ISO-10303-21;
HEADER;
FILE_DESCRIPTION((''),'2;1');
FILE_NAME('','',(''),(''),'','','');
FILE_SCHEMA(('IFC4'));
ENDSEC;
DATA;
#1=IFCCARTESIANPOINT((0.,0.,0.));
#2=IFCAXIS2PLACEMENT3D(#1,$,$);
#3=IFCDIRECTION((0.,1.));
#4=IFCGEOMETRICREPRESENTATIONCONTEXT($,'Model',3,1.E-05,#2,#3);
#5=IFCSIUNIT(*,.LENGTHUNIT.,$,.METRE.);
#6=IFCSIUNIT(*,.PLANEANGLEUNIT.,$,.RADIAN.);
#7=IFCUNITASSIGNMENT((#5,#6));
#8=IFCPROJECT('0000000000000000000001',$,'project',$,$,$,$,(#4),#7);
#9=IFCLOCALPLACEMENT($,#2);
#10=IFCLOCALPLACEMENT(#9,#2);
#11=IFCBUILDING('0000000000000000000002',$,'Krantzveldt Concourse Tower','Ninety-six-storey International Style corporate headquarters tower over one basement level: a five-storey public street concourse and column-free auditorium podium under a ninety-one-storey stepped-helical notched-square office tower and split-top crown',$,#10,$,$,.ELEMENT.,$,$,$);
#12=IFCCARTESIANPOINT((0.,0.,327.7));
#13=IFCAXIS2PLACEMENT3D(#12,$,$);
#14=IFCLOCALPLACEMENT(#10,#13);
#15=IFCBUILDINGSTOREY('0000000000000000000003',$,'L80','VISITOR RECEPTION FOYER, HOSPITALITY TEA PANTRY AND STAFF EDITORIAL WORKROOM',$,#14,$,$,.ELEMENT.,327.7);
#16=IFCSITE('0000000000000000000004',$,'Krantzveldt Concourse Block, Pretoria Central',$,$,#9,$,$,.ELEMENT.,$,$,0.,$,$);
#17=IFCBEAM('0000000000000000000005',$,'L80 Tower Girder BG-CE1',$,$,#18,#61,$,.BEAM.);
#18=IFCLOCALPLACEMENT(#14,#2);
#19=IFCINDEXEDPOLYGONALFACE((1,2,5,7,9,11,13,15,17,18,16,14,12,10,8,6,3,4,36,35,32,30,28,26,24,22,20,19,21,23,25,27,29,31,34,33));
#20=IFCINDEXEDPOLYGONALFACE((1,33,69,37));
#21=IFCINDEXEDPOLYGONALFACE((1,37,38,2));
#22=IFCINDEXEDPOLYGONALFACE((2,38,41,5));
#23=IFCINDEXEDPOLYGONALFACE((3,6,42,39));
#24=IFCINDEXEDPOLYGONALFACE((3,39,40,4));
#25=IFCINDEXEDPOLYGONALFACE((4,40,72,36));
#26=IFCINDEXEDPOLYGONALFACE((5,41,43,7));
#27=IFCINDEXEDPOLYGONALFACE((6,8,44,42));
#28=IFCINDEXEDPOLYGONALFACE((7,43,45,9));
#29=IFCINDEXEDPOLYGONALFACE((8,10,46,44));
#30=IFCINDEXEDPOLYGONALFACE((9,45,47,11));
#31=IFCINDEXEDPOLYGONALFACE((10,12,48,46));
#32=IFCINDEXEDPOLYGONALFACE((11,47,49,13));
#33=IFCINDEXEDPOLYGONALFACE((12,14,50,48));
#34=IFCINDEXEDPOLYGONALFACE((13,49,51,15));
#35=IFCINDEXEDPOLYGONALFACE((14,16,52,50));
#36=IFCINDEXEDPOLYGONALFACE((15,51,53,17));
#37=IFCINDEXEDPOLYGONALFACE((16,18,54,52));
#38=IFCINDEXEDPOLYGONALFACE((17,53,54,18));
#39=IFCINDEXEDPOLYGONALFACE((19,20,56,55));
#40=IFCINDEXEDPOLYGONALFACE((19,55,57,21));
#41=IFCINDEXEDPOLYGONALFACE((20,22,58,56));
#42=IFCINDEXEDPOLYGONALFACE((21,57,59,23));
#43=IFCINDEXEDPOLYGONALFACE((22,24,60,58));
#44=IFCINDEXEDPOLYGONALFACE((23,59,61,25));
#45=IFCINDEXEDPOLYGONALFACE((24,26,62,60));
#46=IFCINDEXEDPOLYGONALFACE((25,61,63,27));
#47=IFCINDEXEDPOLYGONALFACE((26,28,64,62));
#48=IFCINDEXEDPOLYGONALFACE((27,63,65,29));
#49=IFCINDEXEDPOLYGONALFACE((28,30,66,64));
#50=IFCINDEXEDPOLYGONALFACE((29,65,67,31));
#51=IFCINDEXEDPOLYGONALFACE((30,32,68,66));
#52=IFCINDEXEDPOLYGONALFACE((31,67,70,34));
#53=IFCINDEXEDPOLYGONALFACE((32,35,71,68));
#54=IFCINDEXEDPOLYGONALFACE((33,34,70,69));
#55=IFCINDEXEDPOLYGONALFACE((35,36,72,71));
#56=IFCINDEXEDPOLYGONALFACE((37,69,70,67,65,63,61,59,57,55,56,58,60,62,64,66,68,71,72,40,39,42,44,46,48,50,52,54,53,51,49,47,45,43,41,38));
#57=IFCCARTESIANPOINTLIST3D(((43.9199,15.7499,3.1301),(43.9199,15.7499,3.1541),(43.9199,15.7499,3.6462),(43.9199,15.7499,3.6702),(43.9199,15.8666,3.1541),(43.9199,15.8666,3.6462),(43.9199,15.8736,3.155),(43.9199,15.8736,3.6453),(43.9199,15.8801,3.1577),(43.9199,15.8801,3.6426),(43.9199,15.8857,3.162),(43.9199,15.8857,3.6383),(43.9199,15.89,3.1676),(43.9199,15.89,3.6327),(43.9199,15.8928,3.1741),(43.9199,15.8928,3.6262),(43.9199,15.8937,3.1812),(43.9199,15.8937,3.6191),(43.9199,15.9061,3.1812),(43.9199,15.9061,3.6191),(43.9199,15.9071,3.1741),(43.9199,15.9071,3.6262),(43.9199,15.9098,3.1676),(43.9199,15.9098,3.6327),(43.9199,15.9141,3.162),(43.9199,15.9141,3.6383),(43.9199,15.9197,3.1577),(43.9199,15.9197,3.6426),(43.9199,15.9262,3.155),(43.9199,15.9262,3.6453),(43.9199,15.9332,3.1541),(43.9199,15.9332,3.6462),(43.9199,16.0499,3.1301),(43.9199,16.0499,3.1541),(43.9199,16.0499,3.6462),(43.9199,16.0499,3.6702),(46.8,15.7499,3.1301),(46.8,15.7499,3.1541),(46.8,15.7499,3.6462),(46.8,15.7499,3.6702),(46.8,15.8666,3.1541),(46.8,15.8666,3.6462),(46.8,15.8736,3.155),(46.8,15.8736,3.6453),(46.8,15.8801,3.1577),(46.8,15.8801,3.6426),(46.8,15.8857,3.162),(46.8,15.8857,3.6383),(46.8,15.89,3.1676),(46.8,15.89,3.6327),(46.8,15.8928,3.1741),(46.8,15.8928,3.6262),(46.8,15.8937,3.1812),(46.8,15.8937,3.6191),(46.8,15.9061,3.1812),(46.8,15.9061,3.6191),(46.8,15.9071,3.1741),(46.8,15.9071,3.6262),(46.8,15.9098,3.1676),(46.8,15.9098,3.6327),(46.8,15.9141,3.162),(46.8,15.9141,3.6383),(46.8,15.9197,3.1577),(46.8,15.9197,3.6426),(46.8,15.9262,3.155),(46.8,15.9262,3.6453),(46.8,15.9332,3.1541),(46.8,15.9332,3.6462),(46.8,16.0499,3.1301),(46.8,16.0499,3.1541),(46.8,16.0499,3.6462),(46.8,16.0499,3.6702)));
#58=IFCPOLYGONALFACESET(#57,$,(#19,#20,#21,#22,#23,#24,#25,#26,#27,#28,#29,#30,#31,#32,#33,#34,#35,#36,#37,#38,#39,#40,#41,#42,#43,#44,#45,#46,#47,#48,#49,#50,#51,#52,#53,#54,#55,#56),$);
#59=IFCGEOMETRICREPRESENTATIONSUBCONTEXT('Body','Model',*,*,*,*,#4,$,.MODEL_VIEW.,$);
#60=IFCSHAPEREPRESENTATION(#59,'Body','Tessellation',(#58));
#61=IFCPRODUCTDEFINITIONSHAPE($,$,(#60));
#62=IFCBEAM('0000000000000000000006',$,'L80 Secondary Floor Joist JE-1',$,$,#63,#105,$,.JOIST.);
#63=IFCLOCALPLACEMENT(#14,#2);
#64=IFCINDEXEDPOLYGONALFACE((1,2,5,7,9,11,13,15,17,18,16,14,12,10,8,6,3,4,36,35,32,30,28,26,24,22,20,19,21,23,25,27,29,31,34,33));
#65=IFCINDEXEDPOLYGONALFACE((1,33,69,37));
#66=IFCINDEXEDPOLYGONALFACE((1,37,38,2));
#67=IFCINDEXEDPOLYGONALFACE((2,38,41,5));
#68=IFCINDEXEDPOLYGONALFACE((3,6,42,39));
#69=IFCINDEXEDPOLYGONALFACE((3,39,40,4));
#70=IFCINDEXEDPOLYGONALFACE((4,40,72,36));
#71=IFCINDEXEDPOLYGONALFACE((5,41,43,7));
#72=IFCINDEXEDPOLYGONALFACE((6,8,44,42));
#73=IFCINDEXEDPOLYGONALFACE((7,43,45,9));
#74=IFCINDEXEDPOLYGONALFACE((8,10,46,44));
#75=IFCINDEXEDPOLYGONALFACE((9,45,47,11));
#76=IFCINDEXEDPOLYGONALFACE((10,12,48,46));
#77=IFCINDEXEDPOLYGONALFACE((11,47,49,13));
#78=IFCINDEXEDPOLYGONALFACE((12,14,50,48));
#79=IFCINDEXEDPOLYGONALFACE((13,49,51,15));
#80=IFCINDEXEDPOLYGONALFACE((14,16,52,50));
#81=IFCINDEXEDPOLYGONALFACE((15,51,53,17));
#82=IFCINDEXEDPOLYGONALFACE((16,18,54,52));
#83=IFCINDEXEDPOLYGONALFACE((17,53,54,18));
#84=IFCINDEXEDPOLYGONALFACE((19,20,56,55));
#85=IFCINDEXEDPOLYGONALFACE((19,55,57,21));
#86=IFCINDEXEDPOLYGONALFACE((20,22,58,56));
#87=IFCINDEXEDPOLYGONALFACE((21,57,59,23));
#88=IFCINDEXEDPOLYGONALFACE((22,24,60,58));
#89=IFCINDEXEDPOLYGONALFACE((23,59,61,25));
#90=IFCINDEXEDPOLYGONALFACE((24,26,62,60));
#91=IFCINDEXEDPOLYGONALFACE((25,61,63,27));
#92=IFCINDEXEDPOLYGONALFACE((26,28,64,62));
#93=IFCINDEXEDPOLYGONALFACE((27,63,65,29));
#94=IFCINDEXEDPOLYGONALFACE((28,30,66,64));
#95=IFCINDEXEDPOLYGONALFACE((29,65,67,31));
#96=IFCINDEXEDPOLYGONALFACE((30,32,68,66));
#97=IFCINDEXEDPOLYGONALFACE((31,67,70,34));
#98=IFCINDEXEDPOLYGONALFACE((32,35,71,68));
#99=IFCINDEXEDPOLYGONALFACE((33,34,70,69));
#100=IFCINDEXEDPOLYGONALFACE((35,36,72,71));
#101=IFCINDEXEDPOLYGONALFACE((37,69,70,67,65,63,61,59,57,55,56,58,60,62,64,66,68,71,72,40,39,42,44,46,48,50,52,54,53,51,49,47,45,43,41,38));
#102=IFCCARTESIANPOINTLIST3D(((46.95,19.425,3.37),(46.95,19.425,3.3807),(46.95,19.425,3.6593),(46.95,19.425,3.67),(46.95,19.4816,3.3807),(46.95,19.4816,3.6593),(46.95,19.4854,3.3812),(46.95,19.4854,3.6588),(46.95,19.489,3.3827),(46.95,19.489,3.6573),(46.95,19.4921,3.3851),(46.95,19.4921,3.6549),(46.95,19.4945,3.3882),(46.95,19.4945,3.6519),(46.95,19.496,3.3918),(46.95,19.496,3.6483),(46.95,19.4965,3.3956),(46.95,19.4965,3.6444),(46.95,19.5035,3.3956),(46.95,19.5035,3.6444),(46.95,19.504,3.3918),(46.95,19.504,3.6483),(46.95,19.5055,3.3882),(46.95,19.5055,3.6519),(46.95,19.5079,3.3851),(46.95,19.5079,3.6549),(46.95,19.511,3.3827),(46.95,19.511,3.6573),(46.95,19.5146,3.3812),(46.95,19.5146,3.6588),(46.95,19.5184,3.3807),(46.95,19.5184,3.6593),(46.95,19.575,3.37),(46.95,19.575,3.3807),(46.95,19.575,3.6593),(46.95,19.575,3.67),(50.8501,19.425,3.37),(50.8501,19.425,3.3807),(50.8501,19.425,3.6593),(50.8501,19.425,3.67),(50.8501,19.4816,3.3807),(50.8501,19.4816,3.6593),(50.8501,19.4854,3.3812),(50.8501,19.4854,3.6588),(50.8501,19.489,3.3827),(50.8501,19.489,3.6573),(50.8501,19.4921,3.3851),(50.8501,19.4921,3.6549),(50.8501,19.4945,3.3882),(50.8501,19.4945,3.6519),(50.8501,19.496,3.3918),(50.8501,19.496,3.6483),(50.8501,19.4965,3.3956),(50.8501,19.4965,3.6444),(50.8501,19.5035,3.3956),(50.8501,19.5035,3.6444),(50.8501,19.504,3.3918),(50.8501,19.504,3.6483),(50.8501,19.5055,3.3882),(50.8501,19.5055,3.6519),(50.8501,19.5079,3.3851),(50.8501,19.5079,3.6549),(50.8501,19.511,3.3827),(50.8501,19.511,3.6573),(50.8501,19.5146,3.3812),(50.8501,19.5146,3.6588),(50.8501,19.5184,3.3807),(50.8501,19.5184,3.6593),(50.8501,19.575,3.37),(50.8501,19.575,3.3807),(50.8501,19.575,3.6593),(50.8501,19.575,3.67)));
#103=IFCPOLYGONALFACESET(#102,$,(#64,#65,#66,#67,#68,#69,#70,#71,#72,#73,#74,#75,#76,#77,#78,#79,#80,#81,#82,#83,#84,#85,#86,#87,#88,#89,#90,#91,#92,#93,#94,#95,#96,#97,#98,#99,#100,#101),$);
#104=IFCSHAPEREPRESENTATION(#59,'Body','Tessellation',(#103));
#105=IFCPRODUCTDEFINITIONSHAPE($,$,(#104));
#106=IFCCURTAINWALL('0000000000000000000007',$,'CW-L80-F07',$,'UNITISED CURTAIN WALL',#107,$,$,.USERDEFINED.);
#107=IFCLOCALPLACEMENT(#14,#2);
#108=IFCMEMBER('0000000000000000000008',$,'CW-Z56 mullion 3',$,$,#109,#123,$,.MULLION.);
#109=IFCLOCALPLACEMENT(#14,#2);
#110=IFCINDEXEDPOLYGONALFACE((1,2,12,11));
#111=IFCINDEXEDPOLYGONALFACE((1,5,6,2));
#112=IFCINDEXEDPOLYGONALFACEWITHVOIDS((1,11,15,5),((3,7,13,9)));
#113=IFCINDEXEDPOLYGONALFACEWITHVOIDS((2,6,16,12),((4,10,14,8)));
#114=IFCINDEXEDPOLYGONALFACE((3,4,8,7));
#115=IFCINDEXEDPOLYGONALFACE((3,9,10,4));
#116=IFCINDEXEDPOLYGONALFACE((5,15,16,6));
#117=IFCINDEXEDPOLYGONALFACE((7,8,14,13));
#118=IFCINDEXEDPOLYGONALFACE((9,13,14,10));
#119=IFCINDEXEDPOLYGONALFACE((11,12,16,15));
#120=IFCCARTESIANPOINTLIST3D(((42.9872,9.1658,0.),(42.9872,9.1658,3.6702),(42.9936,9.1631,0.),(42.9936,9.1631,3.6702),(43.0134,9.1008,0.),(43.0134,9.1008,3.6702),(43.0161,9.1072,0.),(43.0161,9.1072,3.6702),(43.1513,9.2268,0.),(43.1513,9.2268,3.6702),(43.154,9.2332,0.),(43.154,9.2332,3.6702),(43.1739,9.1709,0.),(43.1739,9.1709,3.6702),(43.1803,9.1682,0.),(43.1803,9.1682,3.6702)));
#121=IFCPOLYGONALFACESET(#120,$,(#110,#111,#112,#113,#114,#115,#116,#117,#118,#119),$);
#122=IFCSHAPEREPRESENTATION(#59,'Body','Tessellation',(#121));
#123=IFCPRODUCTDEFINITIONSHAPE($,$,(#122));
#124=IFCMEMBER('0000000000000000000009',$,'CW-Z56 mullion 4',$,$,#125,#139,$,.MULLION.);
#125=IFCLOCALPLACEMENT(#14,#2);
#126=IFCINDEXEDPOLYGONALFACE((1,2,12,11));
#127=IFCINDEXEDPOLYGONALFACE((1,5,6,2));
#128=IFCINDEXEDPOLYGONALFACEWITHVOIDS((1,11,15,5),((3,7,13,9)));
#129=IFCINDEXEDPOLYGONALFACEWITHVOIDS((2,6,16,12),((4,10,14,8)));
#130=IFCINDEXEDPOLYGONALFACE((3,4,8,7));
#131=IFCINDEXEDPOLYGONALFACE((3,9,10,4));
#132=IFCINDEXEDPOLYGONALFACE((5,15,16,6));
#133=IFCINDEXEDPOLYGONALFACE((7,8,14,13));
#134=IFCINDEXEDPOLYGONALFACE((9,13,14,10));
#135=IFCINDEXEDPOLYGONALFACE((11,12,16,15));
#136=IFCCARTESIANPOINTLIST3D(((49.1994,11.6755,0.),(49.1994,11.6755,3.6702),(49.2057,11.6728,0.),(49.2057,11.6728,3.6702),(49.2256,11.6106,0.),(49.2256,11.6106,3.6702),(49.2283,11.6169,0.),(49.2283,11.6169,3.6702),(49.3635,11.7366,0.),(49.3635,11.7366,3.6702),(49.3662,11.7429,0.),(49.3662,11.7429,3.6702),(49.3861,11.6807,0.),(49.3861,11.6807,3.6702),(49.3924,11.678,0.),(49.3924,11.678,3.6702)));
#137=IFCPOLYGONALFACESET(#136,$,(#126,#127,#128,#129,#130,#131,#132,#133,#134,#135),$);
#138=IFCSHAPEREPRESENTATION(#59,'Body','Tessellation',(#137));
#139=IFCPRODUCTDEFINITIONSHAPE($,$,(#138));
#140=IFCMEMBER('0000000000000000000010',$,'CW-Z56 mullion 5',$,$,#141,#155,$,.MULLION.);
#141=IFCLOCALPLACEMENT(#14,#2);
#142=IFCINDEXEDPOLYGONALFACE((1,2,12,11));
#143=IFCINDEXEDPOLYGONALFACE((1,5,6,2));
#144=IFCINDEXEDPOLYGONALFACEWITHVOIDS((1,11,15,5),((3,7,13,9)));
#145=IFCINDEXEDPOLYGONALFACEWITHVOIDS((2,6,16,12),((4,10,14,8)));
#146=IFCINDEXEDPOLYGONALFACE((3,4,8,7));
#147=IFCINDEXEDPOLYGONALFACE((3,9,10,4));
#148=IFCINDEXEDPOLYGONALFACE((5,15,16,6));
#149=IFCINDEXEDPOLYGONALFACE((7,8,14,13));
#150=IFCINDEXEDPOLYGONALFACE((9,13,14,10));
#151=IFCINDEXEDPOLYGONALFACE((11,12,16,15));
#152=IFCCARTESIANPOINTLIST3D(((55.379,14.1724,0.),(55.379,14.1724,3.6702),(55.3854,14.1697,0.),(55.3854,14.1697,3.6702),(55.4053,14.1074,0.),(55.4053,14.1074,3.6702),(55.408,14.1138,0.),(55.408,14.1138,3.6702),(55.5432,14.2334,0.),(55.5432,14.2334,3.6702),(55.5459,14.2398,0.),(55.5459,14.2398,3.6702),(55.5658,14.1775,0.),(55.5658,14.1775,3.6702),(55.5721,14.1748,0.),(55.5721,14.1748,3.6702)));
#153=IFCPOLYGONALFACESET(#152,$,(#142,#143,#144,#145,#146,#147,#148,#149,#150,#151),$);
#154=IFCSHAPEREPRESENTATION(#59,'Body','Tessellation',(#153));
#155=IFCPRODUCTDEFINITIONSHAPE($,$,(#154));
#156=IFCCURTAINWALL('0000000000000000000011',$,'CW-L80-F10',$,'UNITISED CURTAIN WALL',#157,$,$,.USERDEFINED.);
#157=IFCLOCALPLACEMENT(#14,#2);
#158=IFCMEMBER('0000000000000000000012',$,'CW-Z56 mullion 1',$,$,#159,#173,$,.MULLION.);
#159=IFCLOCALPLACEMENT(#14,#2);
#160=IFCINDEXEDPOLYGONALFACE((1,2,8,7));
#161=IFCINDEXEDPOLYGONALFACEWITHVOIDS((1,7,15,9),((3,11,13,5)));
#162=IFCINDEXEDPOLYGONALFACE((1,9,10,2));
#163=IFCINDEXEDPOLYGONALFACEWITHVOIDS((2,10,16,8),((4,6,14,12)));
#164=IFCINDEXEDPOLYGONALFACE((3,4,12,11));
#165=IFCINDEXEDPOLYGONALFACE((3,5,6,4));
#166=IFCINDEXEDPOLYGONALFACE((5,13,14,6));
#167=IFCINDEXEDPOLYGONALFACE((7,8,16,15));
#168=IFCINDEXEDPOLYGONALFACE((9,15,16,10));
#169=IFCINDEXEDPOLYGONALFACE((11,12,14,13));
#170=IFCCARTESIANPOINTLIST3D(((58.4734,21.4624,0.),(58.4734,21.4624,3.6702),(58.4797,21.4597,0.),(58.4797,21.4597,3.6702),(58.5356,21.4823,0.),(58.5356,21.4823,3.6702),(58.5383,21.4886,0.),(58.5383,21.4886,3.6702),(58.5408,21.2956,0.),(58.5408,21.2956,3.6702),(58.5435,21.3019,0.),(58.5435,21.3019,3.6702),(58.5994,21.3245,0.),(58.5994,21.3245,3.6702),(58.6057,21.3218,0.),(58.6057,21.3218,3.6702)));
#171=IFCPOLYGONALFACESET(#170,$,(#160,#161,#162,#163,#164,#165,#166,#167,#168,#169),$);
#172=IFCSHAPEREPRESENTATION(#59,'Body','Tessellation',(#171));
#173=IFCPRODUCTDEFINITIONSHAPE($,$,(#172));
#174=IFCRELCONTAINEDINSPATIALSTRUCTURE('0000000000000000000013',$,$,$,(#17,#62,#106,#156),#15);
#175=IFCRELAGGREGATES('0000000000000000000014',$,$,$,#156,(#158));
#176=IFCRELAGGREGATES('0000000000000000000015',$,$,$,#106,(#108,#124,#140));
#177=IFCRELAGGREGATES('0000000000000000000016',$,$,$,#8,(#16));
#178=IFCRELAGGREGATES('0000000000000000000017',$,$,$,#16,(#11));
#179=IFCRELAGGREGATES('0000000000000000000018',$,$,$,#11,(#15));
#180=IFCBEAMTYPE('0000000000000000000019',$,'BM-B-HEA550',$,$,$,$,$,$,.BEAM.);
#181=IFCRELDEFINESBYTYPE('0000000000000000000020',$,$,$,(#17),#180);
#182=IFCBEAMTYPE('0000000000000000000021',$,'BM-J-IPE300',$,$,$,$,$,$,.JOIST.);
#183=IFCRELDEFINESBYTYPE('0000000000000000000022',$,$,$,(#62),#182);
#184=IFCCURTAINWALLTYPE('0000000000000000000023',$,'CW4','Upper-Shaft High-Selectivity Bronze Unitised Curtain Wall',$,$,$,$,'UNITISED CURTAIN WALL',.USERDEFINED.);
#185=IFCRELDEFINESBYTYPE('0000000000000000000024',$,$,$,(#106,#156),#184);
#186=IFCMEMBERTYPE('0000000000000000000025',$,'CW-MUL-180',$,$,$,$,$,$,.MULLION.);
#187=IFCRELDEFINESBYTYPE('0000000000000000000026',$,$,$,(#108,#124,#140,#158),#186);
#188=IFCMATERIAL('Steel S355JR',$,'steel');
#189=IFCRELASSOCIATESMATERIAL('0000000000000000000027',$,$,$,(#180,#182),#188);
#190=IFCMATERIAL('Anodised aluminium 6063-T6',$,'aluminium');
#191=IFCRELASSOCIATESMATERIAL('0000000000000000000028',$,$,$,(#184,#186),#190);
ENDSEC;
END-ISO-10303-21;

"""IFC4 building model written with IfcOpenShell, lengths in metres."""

from ifc_helpers import new_model, si_unit, direction, frame, origin, origin_2d, place, context, subcontext, project, spatial, hollow_rectangle, i_section, extrude, source, transform, mapped, material, material_profile, profile_set, type_object, type_shapes, element, aggregate, save


model = new_model("IFC4")

# Units and contexts
model_context = context("Model", 3, precision=1e-05, world=origin(), true_north=direction((0.0, 1.0)))
body_context = subcontext(model_context, "Body", "Model", "MODEL_VIEW")
ifc_project = project(units=[si_unit("LENGTHUNIT", "METRE"), si_unit("PLANEANGLEUNIT", "RADIAN")], contexts=[model_context])

# Site, building, storey
site_placement = place(None, origin())
site = spatial("IfcSite", under=ifc_project, at=site_placement, Name="Krantzveldt Concourse Block, Pretoria Central", CompositionType="ELEMENT", RefElevation=0.0)
building_placement = place(site_placement, origin())
building = spatial("IfcBuilding", under=site, at=building_placement, Name="Krantzveldt Concourse Tower", Description="Ninety-six-storey International Style corporate headquarters tower over one basement level: a five-storey public street concourse and column-free auditorium podium under a ninety-one-storey stepped-helical notched-square office tower and split-top crown", CompositionType="ELEMENT")
storey_placement = place(building_placement, frame((0.0, 0.0, 327.7)))
storey = spatial("IfcBuildingStorey", under=building, at=storey_placement, Name="L80", Description="VISITOR RECEPTION FOYER, HOSPITALITY TEA PANTRY AND STAFF EDITORIAL WORKROOM", CompositionType="ELEMENT", Elevation=327.7)

# Beams
ifc_material_1 = material(Name="Steel S355JR", Category="steel")
ifc_material_profile_1 = material_profile(ifc_material_1, i_section(OverallWidth=0.3, OverallDepth=0.54, WebThickness=0.0125, FlangeThickness=0.0239, FilletRadius=0.0271, at=origin_2d()), Name="Steel S355JR", Category="steel")
ifc_profile_set_1 = profile_set([ifc_material_profile_1], Name="Steel S355JR - HEA 550")
beam_type_1 = type_object("IfcBeamType", Name="BM-B-HEA550", PredefinedType="BEAM", material=ifc_profile_set_1)
shared_shape_1 = source(origin(), body_context, "Body", "SweptSolid", [
    extrude(i_section(OverallWidth=0.3, OverallDepth=0.54, WebThickness=0.0125, FlangeThickness=0.0239, FilletRadius=0.0271, at=origin_2d()), origin(), (0.0, 0.0, 1.0), 2.8801),
])
beam_1_placement = place(storey_placement, frame((43.9199, 15.8999, 3.4001), z_axis=(1.0, 0.0, 0.0), x_axis=(0.0, 1.0, 0.0)))
element("IfcBeam", 1, at=beam_1_placement, inside=storey, type_object=beam_type_1, Name="L80 Tower Girder BG-CE1", PredefinedType="BEAM", context=body_context, shape_type="MappedRepresentation", body=[
    mapped(shared_shape_1, transform((0.0, 0.0, 0.0), x_axis=(1.0, 0.0, 0.0), y_axis=(0.0, 1.0, 0.0), z_axis=(0.0, 0.0, 1.0), scale=1.0)),
])
ifc_material_profile_2 = material_profile(ifc_material_1, i_section(OverallWidth=0.1499, OverallDepth=0.3, WebThickness=0.0071, FlangeThickness=0.0107, FilletRadius=0.0149, at=origin_2d()), Name="Steel S355JR", Category="steel")
ifc_profile_set_2 = profile_set([ifc_material_profile_2], Name="Steel S355JR - IPE 300")
beam_type_2 = type_object("IfcBeamType", Name="BM-J-IPE300", PredefinedType="JOIST", material=ifc_profile_set_2)
shared_shape_2 = source(origin(), body_context, "Body", "SweptSolid", [
    extrude(i_section(OverallWidth=0.1499, OverallDepth=0.3, WebThickness=0.0071, FlangeThickness=0.0107, FilletRadius=0.0149, at=origin_2d()), origin(), (0.0, 0.0, 1.0), 3.9001),
])
type_shapes(beam_type_2, [shared_shape_2])
beam_2_placement = place(storey_placement, frame((46.95, 19.5, 3.52), z_axis=(1.0, 0.0, 0.0), x_axis=(0.0, 1.0, 0.0)))
element("IfcBeam", 2, at=beam_2_placement, inside=storey, type_object=beam_type_2, Name="L80 Secondary Floor Joist JE-1", PredefinedType="JOIST", context=body_context, shape_type="MappedRepresentation", body=[
    mapped(shared_shape_2, transform((0.0, 0.0, 0.0), x_axis=(1.0, 0.0, 0.0), y_axis=(0.0, 1.0, 0.0), z_axis=(0.0, 0.0, 1.0), scale=1.0)),
])

# Curtain wall, members
ifc_material_2 = material(Name="Anodised aluminium 6063-T6", Category="aluminium")
curtain_wall_type = type_object("IfcCurtainWallType", Name="CW4", Description="Upper-Shaft High-Selectivity Bronze Unitised Curtain Wall", ElementType="UNITISED CURTAIN WALL", PredefinedType="USERDEFINED", material=ifc_material_2)
curtain_wall_1_placement = place(storey_placement, origin())
curtain_wall_1 = element("IfcCurtainWall", 3, at=curtain_wall_1_placement, inside=storey, type_object=curtain_wall_type, Name="CW-L80-F07", ObjectType="UNITISED CURTAIN WALL", PredefinedType="USERDEFINED")
ifc_material_profile_3 = material_profile(ifc_material_2, hollow_rectangle(XDim=0.0701, YDim=0.1799, WallThickness=0.0049, at=origin_2d()), Name="Anodised aluminium 6063-T6", Category="aluminium")
ifc_profile_set_3 = profile_set([ifc_material_profile_3], Name="Anodised aluminium 6063-T6 - ALU-MULL 180x70x5")
member_type_1 = type_object("IfcMemberType", Name="CW-MUL-180", PredefinedType="MULLION", material=ifc_profile_set_3)
shared_shape_3 = source(origin(), body_context, "Body", "SweptSolid", [
    extrude(hollow_rectangle(XDim=0.0701, YDim=0.1799, WallThickness=0.0049, at=origin_2d()), origin(), (0.0, 0.0, 1.0), 3.6702),
])
type_shapes(member_type_1, [shared_shape_3])
member_1_placement = place(storey_placement, frame((43.0837, 9.167, 0.0), z_axis=(0.0, 0.0, 1.0), x_axis=(-0.374607, 0.927184, 0.0)))
member_1 = element("IfcMember", 4, at=member_1_placement, type_object=member_type_1, Name="CW-Z56 mullion 3", PredefinedType="MULLION", context=body_context, shape_type="MappedRepresentation", body=[
    mapped(shared_shape_3, transform((0.0, 0.0, 0.0), x_axis=(1.0, 0.0, 0.0), y_axis=(0.0, 1.0, 0.0), z_axis=(0.0, 0.0, 1.0), scale=1.0)),
])
member_2_placement = place(storey_placement, frame((49.2959, 11.6768, 0.0), z_axis=(0.0, 0.0, 1.0), x_axis=(-0.374607, 0.927184, 0.0)))
member_2 = element("IfcMember", 5, at=member_2_placement, type_object=member_type_1, Name="CW-Z56 mullion 4", PredefinedType="MULLION", context=body_context, shape_type="MappedRepresentation", body=[
    mapped(shared_shape_3, transform((0.0, 0.0, 0.0), x_axis=(1.0, 0.0, 0.0), y_axis=(0.0, 1.0, 0.0), z_axis=(0.0, 0.0, 1.0), scale=1.0)),
])
member_3_placement = place(storey_placement, frame((55.4756, 14.1736, 0.0), z_axis=(0.0, 0.0, 1.0), x_axis=(-0.374607, 0.927184, 0.0)))
member_3 = element("IfcMember", 6, at=member_3_placement, type_object=member_type_1, Name="CW-Z56 mullion 5", PredefinedType="MULLION", context=body_context, shape_type="MappedRepresentation", body=[
    mapped(shared_shape_3, transform((0.0, 0.0, 0.0), x_axis=(1.0, 0.0, 0.0), y_axis=(0.0, 1.0, 0.0), z_axis=(0.0, 0.0, 1.0), scale=1.0)),
])

# Curtain wall, member
curtain_wall_2_placement = place(storey_placement, origin())
curtain_wall_2 = element("IfcCurtainWall", 7, at=curtain_wall_2_placement, inside=storey, type_object=curtain_wall_type, Name="CW-L80-F10", ObjectType="UNITISED CURTAIN WALL", PredefinedType="USERDEFINED")
member_4_placement = place(storey_placement, frame((58.5396, 21.3921, 0.0), z_axis=(0.0, 0.0, 1.0), x_axis=(-0.927184, -0.374606, 0.0)))
member_4 = element("IfcMember", 8, at=member_4_placement, type_object=member_type_1, Name="CW-Z56 mullion 1", PredefinedType="MULLION", context=body_context, shape_type="MappedRepresentation", body=[
    mapped(shared_shape_3, transform((0.0, 0.0, 0.0), x_axis=(1.0, 0.0, 0.0), y_axis=(0.0, 1.0, 0.0), z_axis=(0.0, 0.0, 1.0), scale=1.0)),
])

aggregate(curtain_wall_2, [member_4])

aggregate(curtain_wall_1, [member_1, member_2, member_3])

save(model, "model.ifc")
